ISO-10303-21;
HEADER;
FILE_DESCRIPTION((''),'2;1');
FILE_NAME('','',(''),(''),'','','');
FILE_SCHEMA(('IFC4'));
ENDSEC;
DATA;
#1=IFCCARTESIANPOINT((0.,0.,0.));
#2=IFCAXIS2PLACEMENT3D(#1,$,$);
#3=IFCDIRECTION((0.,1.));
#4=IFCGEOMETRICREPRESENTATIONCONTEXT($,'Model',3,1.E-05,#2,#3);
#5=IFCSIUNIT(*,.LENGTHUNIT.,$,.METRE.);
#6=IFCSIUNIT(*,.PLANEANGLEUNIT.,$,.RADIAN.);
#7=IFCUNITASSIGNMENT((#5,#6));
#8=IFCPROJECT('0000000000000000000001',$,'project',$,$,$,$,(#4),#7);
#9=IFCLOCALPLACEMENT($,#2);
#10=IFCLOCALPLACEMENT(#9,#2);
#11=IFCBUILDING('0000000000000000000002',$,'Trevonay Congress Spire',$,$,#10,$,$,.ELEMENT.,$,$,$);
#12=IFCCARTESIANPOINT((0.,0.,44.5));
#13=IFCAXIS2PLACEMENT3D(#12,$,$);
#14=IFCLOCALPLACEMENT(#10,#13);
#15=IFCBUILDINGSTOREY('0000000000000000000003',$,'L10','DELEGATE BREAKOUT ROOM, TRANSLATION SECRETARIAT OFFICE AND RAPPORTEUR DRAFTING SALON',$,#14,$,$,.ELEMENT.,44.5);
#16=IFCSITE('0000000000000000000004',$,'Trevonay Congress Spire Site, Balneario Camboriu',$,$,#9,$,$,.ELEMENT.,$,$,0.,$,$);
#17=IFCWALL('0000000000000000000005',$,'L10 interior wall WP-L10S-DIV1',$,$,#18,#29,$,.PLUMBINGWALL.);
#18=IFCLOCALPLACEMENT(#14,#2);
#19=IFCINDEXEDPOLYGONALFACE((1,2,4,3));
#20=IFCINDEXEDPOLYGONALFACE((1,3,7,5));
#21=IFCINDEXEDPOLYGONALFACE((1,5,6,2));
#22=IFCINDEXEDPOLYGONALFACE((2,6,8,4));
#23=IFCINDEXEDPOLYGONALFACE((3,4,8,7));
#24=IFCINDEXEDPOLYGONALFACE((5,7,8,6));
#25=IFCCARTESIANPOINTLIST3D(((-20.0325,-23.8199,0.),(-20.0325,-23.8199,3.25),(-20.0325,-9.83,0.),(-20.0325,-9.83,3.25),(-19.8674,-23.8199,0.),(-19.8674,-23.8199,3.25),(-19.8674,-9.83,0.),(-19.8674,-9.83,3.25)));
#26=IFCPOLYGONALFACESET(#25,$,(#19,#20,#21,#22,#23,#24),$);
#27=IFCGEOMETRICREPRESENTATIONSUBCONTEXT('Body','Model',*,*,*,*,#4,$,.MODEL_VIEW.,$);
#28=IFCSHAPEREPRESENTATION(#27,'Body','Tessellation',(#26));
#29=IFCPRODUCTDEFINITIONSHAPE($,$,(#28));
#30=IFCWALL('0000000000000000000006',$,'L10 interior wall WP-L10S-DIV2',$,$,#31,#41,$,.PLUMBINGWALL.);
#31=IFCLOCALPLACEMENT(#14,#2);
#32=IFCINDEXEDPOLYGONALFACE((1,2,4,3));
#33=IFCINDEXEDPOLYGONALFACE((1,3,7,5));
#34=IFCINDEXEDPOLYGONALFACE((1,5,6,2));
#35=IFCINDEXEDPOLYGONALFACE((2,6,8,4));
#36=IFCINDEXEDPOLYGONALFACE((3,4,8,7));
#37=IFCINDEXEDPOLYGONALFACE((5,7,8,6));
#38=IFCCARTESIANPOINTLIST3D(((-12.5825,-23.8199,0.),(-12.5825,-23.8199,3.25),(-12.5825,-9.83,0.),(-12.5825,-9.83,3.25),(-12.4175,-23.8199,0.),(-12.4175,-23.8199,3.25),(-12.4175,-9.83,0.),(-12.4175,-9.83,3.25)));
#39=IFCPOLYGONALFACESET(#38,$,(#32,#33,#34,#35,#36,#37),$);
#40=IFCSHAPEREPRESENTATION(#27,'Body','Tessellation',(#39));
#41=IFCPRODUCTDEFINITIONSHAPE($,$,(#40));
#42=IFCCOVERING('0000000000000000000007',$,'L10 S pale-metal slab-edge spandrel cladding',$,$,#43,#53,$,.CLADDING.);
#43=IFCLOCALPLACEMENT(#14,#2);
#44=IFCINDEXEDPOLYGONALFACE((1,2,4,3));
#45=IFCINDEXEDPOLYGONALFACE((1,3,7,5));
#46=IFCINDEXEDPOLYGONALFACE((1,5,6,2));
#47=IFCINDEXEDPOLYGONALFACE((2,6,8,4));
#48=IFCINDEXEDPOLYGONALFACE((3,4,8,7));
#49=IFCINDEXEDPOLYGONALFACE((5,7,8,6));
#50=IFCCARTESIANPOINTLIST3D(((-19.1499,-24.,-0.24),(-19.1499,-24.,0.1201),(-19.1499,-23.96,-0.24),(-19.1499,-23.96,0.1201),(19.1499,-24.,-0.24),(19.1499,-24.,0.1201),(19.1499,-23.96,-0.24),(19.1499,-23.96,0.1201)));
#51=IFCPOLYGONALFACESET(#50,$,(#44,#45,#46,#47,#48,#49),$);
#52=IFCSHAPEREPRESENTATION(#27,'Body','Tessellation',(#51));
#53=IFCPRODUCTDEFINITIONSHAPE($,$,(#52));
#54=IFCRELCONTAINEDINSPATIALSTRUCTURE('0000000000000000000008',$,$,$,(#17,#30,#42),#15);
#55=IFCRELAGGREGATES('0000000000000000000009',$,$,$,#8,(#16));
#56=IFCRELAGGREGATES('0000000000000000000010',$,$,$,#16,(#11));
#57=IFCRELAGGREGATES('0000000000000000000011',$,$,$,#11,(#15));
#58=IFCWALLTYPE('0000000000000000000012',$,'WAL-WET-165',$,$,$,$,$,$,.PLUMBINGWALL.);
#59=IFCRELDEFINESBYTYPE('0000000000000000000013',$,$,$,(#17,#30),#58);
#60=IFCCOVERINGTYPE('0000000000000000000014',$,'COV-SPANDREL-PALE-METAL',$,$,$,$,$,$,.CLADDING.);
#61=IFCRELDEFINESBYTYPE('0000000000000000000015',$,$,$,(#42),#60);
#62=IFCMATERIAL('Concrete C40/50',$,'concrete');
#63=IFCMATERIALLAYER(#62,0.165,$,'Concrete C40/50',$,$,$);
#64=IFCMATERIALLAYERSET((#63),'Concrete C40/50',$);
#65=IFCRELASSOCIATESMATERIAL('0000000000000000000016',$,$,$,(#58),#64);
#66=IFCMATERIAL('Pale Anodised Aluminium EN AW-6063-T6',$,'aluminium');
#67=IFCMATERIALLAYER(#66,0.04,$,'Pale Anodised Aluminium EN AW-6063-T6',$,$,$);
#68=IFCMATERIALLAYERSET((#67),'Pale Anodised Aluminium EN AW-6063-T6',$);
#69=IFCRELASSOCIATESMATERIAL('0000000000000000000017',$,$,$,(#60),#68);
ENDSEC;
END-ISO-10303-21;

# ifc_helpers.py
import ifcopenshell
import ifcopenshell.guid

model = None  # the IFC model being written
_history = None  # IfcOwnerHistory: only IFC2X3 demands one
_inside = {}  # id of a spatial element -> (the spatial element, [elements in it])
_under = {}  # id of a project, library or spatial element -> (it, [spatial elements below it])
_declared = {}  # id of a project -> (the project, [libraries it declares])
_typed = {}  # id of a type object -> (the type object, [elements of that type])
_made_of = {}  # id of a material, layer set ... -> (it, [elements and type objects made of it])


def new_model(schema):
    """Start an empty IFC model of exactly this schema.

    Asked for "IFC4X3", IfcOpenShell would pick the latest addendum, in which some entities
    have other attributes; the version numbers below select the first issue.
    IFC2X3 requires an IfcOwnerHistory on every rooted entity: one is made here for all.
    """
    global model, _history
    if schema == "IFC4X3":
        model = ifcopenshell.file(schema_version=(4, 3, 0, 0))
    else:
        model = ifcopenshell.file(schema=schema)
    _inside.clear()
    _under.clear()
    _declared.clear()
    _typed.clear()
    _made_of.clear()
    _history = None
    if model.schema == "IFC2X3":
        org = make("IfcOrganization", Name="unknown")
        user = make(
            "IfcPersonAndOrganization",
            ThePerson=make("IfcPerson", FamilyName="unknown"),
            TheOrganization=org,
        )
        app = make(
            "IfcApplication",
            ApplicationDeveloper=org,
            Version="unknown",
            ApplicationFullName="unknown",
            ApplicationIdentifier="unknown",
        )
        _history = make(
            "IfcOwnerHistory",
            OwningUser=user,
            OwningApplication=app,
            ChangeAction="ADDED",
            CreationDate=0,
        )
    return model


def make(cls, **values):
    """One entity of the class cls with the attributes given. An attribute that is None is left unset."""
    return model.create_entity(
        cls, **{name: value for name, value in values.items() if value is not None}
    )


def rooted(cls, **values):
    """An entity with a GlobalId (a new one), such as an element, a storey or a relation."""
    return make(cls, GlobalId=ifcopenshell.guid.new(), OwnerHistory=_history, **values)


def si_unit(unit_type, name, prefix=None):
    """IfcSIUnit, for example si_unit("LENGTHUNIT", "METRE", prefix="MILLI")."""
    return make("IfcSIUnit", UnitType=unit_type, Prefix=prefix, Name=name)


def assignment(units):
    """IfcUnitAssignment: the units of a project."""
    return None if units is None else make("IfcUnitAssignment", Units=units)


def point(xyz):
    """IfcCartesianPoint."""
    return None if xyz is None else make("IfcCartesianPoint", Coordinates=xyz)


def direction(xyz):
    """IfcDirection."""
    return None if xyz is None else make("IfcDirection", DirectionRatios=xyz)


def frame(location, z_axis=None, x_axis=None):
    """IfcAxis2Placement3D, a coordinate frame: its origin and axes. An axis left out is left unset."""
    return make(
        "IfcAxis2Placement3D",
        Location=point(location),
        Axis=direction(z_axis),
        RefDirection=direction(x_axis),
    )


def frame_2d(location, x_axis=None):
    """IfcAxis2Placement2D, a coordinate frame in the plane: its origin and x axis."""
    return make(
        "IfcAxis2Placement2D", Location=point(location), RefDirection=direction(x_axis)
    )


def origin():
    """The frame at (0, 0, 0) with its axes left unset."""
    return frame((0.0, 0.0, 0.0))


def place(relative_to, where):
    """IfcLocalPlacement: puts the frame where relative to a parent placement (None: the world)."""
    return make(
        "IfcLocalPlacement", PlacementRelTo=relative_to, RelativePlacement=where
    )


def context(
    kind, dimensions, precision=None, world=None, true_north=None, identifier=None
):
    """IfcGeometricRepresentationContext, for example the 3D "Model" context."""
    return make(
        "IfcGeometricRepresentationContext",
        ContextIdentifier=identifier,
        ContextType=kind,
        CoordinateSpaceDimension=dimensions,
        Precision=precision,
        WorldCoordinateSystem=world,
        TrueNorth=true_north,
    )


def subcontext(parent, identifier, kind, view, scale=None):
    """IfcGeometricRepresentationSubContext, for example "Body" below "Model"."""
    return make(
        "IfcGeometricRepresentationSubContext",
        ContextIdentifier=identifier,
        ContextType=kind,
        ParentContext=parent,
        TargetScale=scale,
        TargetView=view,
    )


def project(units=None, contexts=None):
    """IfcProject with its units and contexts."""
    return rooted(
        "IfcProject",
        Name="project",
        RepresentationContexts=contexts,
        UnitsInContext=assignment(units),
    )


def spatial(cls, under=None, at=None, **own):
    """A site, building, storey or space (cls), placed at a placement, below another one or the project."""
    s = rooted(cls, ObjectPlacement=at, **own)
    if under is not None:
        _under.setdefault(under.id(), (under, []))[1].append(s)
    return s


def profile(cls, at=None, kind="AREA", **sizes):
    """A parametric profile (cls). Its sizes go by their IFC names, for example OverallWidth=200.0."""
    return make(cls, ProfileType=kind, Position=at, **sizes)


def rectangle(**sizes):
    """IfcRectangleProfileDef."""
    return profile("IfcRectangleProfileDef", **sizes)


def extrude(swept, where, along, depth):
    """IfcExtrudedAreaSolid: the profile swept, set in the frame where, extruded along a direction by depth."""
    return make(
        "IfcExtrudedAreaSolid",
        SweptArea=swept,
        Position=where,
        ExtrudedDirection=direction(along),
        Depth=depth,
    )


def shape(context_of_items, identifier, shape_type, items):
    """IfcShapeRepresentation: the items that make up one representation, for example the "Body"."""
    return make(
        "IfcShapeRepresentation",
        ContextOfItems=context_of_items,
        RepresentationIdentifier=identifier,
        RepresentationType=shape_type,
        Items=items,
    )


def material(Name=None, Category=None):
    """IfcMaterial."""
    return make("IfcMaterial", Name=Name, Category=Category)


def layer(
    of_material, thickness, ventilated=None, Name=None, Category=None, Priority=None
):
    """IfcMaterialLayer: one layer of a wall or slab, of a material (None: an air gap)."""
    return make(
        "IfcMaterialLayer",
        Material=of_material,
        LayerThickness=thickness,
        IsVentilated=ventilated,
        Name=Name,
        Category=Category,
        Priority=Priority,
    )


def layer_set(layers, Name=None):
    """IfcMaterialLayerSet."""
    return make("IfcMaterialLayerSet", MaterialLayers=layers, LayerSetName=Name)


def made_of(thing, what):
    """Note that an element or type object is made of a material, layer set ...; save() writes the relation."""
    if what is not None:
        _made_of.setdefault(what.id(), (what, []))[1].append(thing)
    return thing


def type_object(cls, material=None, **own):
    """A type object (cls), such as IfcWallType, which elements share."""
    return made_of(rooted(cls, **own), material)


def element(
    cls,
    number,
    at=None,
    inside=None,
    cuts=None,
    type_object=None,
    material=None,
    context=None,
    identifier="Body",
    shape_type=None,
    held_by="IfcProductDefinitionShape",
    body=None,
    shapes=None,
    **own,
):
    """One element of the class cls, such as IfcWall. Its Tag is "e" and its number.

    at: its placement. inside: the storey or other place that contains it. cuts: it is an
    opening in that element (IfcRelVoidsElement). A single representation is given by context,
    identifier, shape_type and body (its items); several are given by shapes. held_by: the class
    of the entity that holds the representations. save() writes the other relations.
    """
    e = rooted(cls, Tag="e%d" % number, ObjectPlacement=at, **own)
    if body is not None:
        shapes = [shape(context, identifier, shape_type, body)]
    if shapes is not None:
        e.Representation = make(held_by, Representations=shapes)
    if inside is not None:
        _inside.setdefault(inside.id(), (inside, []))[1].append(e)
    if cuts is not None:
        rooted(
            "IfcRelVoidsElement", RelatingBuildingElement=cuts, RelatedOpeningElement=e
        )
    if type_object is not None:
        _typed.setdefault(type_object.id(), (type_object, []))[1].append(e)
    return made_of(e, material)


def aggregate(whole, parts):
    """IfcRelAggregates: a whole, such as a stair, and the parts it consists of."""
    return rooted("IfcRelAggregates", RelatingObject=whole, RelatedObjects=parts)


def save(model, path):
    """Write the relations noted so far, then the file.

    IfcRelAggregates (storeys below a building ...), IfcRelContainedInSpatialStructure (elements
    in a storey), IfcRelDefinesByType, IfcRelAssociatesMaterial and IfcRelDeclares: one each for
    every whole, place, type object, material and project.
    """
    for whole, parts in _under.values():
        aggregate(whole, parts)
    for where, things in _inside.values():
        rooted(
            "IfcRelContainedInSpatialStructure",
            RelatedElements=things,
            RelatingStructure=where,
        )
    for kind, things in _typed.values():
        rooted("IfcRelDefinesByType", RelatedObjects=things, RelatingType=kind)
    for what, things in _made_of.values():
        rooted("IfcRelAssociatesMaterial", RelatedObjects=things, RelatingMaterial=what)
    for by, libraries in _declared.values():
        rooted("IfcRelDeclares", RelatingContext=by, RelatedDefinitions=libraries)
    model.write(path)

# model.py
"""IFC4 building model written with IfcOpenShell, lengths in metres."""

from ifc_helpers import new_model, si_unit, direction, frame, frame_2d, origin, place, context, subcontext, project, spatial, rectangle, extrude, material, layer, layer_set, type_object, element, save


model = new_model("IFC4")

# Units and contexts
model_context = context("Model", 3, precision=1e-05, world=origin(), true_north=direction((0.0, 1.0)))
body_context = subcontext(model_context, "Body", "Model", "MODEL_VIEW")
ifc_project = project(units=[si_unit("LENGTHUNIT", "METRE"), si_unit("PLANEANGLEUNIT", "RADIAN")], contexts=[model_context])

# Site, building, storey
site_placement = place(None, origin())
site = spatial("IfcSite", under=ifc_project, at=site_placement, Name="Trevonay Congress Spire Site, Balneario Camboriu", CompositionType="ELEMENT", RefElevation=0.0)
building_placement = place(site_placement, origin())
building = spatial("IfcBuilding", under=site, at=building_placement, Name="Trevonay Congress Spire", CompositionType="ELEMENT")
storey_placement = place(building_placement, frame((0.0, 0.0, 44.5)))
storey = spatial("IfcBuildingStorey", under=building, at=storey_placement, Name="L10", Description="DELEGATE BREAKOUT ROOM, TRANSLATION SECRETARIAT OFFICE AND RAPPORTEUR DRAFTING SALON", CompositionType="ELEMENT", Elevation=44.5)

# Shared definitions
ifc_material_1 = material(Name="Pale Anodised Aluminium EN AW-6063-T6", Category="aluminium")

# Walls
ifc_material_2 = material(Name="Concrete C40/50", Category="concrete")
ifc_layer_1 = layer(ifc_material_2, 0.165, Name="Concrete C40/50")
ifc_layer_set_1 = layer_set([ifc_layer_1], Name="Concrete C40/50")
wall_type_1 = type_object("IfcWallType", Name="WAL-WET-165", PredefinedType="PLUMBINGWALL", material=ifc_layer_set_1)
for number, where, z_axis, x_axis, name in (
    (1, (-19.95, -23.8201, 0.0), (0.0, 0.0, 1.0), (0.0, 1.0, 0.0), "L10 interior wall WP-L10S-DIV1"),
    (2, (-12.5, -23.8201, 0.0), (0.0, 0.0, 1.0), (0.0, 1.0, 0.0), "L10 interior wall WP-L10S-DIV2"),
):
    element("IfcWall", number, at=place(storey_placement, frame(where, z_axis=z_axis, x_axis=x_axis)), inside=storey, type_object=wall_type_1, Name=name, PredefinedType="PLUMBINGWALL", context=body_context, shape_type="SweptSolid", body=[
        extrude(rectangle(XDim=13.99, YDim=0.165, at=frame_2d((6.9951, 0.0))), origin(), (0.0, 0.0, 1.0), 3.25),
    ])

# Covering
ifc_layer_2 = layer(ifc_material_1, 0.04, Name="Pale Anodised Aluminium EN AW-6063-T6")
ifc_layer_set_2 = layer_set([ifc_layer_2], Name="Pale Anodised Aluminium EN AW-6063-T6")
covering_type = type_object("IfcCoveringType", Name="COV-SPANDREL-PALE-METAL", PredefinedType="CLADDING", material=ifc_layer_set_2)
covering_placement = place(storey_placement, frame((-19.1499, -23.98, -0.24), z_axis=(0.0, 0.0, 1.0), x_axis=(1.0, 0.0, 0.0)))
element("IfcCovering", 3, at=covering_placement, inside=storey, type_object=covering_type, Name="L10 S pale-metal slab-edge spandrel cladding", PredefinedType="CLADDING", context=body_context, shape_type="SweptSolid", body=[
    extrude(rectangle(XDim=38.2998, YDim=0.04, at=frame_2d((19.1499, 0.0))), origin(), (0.0, 0.0, 1.0), 0.3601),
])

save(model, "model.ifc")
